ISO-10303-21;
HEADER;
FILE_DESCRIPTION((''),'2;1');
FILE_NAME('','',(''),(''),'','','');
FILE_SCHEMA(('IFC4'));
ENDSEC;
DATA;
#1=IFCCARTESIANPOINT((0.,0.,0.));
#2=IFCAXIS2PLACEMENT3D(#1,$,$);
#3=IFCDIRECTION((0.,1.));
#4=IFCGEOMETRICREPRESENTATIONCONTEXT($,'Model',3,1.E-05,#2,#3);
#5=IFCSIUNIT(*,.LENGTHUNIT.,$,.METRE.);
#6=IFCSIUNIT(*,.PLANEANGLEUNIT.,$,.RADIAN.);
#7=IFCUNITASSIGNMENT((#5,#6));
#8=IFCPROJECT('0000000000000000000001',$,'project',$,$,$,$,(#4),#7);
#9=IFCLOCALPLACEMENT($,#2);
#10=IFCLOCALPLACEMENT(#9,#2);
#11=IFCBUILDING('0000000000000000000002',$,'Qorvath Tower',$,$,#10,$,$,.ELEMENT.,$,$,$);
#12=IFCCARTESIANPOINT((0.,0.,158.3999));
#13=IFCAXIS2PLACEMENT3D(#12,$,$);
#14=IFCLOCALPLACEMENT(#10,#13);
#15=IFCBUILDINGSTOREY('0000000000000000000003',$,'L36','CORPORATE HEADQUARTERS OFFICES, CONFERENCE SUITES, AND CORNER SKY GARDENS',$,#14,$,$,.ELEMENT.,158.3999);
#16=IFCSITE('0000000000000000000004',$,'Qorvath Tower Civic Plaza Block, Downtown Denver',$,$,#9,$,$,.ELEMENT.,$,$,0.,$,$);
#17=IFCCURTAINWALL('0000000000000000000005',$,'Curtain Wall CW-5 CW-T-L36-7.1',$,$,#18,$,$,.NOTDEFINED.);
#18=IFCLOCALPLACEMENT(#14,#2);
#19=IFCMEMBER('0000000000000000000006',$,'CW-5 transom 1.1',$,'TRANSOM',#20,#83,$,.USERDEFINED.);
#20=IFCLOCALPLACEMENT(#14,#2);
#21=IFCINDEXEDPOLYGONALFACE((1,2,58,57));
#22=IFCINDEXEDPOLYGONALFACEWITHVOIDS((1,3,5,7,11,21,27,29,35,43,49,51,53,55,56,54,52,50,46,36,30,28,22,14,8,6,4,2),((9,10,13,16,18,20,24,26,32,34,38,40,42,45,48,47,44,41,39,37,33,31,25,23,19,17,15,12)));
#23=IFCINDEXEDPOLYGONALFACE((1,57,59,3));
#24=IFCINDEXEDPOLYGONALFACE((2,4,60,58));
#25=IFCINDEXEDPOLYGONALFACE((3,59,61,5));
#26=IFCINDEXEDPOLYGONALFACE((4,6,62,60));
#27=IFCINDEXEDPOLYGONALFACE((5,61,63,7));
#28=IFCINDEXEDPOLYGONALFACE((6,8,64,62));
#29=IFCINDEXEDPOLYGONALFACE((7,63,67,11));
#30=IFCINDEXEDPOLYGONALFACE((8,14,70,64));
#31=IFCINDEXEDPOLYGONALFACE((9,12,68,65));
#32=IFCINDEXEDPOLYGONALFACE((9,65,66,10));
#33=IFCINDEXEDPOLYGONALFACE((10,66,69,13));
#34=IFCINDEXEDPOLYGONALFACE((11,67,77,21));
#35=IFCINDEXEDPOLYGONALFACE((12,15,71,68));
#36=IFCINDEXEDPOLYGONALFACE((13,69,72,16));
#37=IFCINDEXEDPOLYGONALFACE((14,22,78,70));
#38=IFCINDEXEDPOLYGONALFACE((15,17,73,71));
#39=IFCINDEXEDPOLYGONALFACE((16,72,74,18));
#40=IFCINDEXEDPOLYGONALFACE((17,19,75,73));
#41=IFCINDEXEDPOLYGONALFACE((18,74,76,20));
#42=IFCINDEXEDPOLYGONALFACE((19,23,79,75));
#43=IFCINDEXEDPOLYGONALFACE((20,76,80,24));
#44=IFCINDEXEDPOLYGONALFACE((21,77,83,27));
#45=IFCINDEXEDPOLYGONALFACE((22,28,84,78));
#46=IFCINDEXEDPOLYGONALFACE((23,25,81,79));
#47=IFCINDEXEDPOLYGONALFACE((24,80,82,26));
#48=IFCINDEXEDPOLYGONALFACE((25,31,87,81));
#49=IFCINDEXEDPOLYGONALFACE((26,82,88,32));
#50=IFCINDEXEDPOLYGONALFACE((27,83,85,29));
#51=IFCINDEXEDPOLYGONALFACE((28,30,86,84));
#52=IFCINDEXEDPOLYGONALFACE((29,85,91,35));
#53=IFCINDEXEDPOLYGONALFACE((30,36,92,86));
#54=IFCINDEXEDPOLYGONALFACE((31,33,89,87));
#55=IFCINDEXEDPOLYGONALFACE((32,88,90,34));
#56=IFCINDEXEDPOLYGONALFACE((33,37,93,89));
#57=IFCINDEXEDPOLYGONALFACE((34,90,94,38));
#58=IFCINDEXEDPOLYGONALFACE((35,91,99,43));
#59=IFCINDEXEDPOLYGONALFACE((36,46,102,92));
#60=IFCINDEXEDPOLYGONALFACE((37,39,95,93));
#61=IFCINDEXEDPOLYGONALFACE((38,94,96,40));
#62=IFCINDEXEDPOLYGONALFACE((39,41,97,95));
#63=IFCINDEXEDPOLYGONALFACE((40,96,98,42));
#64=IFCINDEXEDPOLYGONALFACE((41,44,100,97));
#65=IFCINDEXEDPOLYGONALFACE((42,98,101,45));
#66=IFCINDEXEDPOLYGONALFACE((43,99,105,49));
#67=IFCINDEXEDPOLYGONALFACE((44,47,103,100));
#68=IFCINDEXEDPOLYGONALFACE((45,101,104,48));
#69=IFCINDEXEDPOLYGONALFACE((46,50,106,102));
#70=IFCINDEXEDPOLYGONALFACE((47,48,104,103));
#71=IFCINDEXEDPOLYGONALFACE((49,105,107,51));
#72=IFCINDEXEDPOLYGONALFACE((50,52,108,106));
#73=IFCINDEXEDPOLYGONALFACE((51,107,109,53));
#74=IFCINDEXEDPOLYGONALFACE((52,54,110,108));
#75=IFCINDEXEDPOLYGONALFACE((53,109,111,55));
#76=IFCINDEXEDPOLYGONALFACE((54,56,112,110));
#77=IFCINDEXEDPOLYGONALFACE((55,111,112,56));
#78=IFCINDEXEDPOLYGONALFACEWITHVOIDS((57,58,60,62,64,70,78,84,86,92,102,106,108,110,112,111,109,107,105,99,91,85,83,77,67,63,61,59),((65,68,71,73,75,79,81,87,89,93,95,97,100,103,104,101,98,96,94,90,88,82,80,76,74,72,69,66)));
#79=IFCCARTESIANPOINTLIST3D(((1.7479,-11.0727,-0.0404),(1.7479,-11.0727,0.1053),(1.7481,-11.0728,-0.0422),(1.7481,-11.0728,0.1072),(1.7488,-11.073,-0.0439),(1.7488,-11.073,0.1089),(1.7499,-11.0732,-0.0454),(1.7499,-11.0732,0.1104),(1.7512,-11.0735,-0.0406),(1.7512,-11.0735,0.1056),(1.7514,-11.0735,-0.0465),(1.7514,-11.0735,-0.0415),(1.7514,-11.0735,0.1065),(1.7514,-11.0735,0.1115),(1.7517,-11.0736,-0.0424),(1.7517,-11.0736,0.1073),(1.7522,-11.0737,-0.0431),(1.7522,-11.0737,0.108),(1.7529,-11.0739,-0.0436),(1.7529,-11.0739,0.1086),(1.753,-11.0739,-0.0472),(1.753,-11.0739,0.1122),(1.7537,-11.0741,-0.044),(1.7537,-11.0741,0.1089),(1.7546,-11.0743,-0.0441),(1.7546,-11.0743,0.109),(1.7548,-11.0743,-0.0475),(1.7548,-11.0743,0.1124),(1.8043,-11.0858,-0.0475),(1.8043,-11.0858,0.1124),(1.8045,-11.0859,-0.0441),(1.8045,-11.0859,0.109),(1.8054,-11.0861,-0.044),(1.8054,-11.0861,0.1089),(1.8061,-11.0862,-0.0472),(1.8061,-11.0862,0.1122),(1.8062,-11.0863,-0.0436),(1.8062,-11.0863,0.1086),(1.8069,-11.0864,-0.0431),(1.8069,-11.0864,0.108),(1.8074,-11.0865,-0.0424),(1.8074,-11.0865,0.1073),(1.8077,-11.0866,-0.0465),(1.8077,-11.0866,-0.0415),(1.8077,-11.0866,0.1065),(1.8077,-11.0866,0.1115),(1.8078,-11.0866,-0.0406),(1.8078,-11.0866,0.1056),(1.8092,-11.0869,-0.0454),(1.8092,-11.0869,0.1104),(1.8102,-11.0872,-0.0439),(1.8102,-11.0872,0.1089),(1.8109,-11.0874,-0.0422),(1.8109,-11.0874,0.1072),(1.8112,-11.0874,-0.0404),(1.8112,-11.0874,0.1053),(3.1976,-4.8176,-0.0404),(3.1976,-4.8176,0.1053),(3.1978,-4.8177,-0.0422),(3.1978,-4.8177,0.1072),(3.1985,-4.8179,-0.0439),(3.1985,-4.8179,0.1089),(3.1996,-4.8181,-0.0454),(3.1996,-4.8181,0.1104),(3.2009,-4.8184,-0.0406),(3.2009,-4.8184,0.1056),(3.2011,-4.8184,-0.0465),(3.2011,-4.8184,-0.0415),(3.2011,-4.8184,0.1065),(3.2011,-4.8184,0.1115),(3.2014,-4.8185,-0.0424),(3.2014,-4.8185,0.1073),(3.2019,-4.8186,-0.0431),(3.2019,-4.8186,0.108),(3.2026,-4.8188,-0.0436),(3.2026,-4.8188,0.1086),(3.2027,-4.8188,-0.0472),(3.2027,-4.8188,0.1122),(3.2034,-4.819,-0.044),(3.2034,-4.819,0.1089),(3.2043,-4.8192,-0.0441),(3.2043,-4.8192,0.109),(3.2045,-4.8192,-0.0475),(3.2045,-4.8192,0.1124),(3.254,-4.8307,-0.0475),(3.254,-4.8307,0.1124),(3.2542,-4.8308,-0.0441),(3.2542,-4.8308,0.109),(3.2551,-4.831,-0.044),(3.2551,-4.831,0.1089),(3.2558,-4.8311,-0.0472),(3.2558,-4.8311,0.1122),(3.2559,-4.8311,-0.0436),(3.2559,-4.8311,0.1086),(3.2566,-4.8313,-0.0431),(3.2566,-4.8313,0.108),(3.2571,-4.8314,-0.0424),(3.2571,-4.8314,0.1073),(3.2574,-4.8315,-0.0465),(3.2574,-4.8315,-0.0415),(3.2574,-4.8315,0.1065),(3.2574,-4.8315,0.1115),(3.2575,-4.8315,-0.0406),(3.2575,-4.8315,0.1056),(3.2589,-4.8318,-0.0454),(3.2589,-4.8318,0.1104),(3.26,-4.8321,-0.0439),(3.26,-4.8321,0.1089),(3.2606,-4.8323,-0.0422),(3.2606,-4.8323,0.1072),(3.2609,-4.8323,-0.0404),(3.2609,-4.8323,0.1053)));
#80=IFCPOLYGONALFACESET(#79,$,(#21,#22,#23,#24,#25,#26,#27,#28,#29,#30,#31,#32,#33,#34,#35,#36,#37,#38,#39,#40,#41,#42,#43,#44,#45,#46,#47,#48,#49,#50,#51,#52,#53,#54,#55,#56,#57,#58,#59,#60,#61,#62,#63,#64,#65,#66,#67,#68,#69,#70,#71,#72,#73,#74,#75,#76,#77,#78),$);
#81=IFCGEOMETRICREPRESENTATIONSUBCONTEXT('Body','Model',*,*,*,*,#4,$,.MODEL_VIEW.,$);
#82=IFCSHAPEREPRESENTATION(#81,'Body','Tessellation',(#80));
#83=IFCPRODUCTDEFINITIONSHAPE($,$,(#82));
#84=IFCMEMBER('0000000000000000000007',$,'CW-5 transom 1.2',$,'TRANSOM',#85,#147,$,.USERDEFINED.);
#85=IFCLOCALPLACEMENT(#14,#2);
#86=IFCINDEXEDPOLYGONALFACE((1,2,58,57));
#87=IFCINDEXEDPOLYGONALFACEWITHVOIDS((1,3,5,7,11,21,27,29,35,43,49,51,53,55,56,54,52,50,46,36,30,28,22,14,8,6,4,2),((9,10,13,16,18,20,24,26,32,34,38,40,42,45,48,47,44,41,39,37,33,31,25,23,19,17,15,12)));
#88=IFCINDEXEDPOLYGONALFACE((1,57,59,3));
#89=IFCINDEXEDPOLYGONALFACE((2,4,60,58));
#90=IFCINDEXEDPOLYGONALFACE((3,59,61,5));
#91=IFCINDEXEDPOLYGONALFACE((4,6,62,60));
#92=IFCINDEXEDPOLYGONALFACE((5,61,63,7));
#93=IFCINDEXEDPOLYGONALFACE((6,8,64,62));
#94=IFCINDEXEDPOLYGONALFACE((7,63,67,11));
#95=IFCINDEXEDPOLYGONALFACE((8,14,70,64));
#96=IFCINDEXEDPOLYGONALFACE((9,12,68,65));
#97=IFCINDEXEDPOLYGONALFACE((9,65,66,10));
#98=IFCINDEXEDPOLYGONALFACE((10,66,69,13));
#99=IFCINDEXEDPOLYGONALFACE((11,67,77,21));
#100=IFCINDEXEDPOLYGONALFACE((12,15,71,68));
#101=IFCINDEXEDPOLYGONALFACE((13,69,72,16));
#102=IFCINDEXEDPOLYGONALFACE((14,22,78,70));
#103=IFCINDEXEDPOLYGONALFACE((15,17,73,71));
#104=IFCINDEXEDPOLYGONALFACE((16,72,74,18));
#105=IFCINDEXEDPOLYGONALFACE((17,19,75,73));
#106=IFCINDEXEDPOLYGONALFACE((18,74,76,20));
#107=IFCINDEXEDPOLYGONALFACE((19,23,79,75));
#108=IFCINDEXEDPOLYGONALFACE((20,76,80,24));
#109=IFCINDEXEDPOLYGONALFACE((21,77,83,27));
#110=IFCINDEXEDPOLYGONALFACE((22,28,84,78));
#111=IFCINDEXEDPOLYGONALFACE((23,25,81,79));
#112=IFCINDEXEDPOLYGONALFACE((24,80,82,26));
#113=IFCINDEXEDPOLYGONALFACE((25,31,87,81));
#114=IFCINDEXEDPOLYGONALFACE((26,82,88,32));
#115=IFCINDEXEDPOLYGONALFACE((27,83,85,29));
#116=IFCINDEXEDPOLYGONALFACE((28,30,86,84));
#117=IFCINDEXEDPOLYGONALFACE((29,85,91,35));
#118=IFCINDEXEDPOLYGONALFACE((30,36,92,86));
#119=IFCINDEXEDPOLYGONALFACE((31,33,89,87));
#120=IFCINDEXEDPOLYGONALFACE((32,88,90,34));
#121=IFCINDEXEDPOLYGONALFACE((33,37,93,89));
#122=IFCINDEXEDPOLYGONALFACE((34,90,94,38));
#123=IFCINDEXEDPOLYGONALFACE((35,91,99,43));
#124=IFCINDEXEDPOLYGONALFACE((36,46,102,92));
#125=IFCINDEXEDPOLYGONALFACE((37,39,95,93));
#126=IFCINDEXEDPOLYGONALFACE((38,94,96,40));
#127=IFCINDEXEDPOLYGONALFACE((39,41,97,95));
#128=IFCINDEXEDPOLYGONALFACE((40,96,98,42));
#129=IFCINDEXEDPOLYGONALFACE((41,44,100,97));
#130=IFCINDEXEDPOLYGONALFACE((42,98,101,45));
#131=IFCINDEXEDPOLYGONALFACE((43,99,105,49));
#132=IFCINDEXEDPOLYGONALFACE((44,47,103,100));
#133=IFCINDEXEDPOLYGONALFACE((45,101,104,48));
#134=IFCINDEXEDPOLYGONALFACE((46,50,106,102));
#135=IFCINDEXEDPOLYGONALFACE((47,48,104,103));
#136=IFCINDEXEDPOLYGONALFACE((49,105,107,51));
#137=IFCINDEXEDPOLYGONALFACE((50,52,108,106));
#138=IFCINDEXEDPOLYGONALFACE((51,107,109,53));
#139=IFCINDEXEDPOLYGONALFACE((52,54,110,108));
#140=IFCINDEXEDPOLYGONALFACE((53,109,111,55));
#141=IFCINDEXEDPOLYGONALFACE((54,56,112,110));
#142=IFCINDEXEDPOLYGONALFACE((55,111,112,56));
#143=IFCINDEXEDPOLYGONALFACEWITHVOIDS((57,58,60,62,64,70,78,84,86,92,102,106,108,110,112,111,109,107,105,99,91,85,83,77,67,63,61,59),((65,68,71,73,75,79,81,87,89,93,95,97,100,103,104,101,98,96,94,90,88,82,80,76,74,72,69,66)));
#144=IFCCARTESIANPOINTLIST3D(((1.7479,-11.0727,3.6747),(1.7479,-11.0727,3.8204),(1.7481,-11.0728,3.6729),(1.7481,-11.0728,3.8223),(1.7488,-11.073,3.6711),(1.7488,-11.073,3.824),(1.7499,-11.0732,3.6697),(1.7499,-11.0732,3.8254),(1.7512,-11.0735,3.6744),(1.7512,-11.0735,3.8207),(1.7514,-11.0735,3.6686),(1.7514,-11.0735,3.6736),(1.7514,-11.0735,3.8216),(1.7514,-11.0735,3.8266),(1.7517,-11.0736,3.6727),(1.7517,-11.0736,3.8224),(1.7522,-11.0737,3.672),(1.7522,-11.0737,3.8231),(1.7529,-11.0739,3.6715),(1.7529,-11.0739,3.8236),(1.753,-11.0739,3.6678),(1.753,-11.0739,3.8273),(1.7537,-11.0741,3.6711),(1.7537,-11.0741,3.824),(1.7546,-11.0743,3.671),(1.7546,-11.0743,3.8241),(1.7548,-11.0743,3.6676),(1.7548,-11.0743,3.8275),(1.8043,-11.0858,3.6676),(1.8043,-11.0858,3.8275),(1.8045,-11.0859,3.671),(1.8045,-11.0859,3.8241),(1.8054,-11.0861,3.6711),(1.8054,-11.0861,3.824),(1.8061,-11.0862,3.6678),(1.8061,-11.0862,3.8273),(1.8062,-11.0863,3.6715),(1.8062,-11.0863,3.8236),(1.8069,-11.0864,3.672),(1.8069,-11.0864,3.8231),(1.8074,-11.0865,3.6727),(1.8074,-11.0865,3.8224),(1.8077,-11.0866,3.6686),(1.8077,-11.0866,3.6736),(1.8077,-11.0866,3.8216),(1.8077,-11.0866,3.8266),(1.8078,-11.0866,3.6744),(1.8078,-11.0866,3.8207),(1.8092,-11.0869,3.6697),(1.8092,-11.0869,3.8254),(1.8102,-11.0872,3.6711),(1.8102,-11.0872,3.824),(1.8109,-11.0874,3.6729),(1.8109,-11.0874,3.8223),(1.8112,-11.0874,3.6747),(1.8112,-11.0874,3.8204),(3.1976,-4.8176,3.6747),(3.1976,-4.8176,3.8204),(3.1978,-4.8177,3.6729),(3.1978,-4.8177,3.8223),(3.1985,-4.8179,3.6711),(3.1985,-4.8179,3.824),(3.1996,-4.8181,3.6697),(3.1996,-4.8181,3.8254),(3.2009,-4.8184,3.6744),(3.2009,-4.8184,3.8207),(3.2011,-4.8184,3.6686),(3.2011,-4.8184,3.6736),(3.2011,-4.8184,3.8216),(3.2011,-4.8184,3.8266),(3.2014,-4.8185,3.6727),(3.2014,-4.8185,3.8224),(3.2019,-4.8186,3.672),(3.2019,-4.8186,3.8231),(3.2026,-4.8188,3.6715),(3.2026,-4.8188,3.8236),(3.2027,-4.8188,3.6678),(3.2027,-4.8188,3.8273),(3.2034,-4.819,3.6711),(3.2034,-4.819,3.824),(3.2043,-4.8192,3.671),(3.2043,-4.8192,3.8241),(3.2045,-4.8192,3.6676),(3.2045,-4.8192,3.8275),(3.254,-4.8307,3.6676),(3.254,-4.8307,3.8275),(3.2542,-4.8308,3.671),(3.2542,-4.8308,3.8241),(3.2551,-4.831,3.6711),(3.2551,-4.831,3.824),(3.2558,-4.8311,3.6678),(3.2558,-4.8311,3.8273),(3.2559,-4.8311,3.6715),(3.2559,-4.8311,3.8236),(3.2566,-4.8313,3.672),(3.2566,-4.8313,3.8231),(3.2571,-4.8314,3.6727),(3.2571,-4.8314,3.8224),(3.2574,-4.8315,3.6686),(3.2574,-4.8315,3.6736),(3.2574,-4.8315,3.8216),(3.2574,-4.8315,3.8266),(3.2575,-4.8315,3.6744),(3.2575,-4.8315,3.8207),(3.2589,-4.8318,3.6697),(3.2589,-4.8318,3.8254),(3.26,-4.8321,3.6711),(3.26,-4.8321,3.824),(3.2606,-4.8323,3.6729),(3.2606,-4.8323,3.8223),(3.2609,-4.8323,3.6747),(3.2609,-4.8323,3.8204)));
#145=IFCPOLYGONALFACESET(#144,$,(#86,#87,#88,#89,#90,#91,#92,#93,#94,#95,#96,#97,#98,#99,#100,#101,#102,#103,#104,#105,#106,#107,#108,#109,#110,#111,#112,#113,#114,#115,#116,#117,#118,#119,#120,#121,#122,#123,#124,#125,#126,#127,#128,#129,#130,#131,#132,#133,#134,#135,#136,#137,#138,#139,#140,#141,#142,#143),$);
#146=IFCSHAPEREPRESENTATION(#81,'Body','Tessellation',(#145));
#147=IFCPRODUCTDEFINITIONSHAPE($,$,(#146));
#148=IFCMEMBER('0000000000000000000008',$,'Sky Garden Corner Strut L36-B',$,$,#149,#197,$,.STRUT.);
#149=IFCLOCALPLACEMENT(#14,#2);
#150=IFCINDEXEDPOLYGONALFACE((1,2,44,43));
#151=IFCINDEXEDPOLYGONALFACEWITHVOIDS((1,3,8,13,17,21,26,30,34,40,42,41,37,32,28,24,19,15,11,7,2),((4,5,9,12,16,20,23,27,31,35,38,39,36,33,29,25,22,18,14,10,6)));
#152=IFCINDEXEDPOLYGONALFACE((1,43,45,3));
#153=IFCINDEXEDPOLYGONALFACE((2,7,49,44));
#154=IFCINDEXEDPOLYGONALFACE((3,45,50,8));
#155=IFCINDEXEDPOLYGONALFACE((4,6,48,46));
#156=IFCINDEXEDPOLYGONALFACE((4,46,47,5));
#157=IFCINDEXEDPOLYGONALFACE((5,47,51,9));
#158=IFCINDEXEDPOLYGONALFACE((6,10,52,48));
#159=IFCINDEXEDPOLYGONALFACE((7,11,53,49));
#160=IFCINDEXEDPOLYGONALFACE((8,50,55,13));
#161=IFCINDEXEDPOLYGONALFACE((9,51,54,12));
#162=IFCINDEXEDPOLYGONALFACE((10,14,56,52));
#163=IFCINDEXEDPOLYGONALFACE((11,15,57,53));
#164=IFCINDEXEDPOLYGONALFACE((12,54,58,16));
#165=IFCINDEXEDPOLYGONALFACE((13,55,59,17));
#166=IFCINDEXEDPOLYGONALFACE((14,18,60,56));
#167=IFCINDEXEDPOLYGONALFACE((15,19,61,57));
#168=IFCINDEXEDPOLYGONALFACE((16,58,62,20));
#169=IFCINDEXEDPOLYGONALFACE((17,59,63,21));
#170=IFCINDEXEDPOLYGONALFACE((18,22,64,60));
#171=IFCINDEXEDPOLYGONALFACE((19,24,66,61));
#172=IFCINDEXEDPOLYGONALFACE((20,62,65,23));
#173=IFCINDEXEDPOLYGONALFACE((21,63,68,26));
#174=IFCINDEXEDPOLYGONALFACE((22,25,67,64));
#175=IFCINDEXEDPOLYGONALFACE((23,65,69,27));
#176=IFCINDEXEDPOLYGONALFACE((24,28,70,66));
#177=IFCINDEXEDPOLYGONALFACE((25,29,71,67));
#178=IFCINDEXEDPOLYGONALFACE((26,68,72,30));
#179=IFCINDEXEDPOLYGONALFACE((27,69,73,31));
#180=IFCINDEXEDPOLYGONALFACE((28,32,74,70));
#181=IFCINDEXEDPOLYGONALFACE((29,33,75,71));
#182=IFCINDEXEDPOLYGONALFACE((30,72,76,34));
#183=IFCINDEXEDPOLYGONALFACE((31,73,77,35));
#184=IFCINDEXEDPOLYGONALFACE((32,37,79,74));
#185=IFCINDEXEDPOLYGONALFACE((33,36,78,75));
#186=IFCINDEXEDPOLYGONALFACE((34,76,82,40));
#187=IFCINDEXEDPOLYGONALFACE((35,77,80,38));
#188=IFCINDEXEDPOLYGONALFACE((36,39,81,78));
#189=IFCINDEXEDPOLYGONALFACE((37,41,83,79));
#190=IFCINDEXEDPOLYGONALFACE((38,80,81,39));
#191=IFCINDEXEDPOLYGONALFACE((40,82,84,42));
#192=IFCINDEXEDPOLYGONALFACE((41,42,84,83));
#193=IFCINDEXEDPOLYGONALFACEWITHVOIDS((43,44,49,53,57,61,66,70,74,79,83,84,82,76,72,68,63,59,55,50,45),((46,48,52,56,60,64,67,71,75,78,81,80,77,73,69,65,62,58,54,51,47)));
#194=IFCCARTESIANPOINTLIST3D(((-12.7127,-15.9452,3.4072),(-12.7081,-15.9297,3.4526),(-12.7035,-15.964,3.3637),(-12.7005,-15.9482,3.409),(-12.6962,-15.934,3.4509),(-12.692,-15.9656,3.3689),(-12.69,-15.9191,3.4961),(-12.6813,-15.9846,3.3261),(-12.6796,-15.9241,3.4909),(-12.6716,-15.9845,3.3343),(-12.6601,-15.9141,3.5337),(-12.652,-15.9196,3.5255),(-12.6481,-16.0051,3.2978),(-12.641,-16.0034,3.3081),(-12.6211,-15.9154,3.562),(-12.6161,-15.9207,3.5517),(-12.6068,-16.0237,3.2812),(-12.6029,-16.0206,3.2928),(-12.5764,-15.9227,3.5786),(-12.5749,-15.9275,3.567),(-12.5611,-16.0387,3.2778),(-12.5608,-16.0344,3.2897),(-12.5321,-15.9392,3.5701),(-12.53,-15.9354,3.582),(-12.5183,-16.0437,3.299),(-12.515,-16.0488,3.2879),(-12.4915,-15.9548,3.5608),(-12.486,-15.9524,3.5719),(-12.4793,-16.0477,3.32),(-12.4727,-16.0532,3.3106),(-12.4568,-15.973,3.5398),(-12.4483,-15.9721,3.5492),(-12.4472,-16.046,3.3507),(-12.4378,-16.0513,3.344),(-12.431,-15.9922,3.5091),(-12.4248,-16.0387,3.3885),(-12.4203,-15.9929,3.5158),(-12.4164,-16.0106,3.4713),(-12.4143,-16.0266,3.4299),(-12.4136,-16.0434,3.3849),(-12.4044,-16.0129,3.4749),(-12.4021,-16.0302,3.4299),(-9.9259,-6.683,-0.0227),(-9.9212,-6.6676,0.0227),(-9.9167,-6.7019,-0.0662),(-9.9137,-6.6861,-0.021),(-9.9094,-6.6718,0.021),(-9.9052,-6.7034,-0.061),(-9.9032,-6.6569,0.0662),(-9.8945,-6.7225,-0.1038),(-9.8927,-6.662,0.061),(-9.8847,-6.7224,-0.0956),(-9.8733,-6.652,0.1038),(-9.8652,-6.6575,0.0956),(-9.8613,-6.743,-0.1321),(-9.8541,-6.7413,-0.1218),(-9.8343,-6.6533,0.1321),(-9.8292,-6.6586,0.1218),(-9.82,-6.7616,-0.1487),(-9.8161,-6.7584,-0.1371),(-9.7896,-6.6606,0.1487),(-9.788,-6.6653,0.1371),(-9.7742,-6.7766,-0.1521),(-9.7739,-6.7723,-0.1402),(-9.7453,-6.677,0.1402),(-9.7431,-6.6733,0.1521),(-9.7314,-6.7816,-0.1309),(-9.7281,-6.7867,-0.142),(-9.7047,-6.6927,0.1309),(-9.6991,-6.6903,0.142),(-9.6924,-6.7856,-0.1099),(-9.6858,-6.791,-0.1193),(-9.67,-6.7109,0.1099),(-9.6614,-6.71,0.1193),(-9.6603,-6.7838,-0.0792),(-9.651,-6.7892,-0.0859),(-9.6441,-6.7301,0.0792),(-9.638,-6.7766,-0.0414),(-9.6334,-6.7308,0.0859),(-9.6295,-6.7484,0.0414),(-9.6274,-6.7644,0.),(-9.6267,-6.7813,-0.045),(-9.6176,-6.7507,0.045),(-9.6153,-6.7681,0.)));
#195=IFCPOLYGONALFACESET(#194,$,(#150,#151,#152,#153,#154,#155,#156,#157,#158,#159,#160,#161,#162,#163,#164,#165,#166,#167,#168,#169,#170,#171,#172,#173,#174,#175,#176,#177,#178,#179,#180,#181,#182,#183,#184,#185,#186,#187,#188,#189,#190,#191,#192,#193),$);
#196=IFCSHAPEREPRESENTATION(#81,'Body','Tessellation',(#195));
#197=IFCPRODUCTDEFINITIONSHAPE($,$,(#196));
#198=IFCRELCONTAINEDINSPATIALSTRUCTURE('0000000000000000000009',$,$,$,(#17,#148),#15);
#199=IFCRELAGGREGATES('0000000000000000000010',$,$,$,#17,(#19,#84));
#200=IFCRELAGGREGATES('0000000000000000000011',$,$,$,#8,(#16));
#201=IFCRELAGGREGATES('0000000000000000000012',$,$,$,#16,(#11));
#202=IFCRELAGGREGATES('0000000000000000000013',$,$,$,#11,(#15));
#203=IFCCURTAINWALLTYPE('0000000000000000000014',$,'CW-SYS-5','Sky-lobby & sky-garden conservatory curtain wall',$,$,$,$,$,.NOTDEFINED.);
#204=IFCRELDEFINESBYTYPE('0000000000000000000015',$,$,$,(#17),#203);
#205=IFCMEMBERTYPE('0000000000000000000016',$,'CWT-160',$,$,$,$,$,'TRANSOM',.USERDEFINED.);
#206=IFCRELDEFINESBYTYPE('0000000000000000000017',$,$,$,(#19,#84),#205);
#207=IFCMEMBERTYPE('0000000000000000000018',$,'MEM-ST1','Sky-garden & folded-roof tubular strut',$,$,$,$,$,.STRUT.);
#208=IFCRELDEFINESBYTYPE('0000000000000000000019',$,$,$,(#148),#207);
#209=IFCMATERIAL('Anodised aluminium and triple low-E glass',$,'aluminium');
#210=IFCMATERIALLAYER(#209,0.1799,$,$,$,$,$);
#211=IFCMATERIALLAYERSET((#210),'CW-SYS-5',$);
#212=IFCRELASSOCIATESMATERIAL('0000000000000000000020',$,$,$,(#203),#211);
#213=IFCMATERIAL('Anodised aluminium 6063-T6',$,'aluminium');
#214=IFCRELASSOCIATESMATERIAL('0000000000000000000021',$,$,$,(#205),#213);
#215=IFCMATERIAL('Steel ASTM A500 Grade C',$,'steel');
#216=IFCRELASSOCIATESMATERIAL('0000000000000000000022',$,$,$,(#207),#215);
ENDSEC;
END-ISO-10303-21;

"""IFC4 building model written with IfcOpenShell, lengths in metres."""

from ifc_helpers import new_model, si_unit, direction, frame, origin, origin_2d, place, context, subcontext, project, spatial, hollow_rectangle, hollow_circle, extrude, material, layer, layer_set, material_profile, profile_set, type_object, element, aggregate, save


model = new_model("IFC4")

# Units and contexts
model_context = context("Model", 3, precision=1e-05, world=origin(), true_north=direction((0.0, 1.0)))
body_context = subcontext(model_context, "Body", "Model", "MODEL_VIEW")
ifc_project = project(units=[si_unit("LENGTHUNIT", "METRE"), si_unit("PLANEANGLEUNIT", "RADIAN")], contexts=[model_context])

# Site, building, storey
site_placement = place(None, origin())
site = spatial("IfcSite", under=ifc_project, at=site_placement, Name="Qorvath Tower Civic Plaza Block, Downtown Denver", CompositionType="ELEMENT", RefElevation=0.0)
building_placement = place(site_placement, origin())
building = spatial("IfcBuilding", under=site, at=building_placement, Name="Qorvath Tower", CompositionType="ELEMENT")
storey_placement = place(building_placement, frame((0.0, 0.0, 158.3999)))
storey = spatial("IfcBuildingStorey", under=building, at=storey_placement, Name="L36", Description="CORPORATE HEADQUARTERS OFFICES, CONFERENCE SUITES, AND CORNER SKY GARDENS", CompositionType="ELEMENT", Elevation=158.3999)

# Shared definitions
ifc_material_1 = material(Name="Anodised aluminium and triple low-E glass", Category="aluminium")
ifc_layer_1 = layer(ifc_material_1, 0.1799)
ifc_layer_set_1 = layer_set([ifc_layer_1], Name="CW-SYS-5")
curtain_wall_type = type_object("IfcCurtainWallType", Name="CW-SYS-5", Description="Sky-lobby & sky-garden conservatory curtain wall", PredefinedType="NOTDEFINED", material=ifc_layer_set_1)

# Curtain wall
curtain_wall_1_placement = place(storey_placement, origin())
curtain_wall_1 = element("IfcCurtainWall", 1, at=curtain_wall_1_placement, inside=storey, type_object=curtain_wall_type, Name="Curtain Wall CW-5 CW-T-L36-7.1", PredefinedType="NOTDEFINED")

# Members
ifc_material_2 = material(Name="Anodised aluminium 6063-T6", Category="aluminium")
ifc_material_profile_1 = material_profile(ifc_material_2, hollow_rectangle(XDim=0.0649, YDim=0.1599, WallThickness=0.0034, InnerFilletRadius=0.0034, OuterFilletRadius=0.0071, at=origin_2d()), Name="CWT 160x65")
ifc_profile_set_1 = profile_set([ifc_material_profile_1], Name="Anodised aluminium 6063-T6")
member_type_1 = type_object("IfcMemberType", Name="CWT-160", ElementType="TRANSOM", PredefinedType="USERDEFINED", material=ifc_profile_set_1)
member_1_placement = place(storey_placement, frame((1.7795, -11.0801, 0.0325), z_axis=(0.225779, 0.974179, 0.0), x_axis=(-0.974179, 0.225779, 0.0)))
member_1 = element("IfcMember", 2, at=member_1_placement, type_object=member_type_1, Name="CW-5 transom 1.1", ObjectType="TRANSOM", PredefinedType="USERDEFINED", context=body_context, shape_type="SweptSolid", body=[
    extrude(hollow_rectangle(XDim=0.0649, YDim=0.1599, WallThickness=0.0034, InnerFilletRadius=0.0034, OuterFilletRadius=0.0071, at=origin_2d()), origin(), (0.0, 0.0, 1.0), 6.4209),
])
member_2_placement = place(storey_placement, frame((1.7795, -11.0801, 3.7476), z_axis=(0.225779, 0.974179, 0.0), x_axis=(-0.974179, 0.225779, 0.0)))
member_2 = element("IfcMember", 3, at=member_2_placement, type_object=member_type_1, Name="CW-5 transom 1.2", ObjectType="TRANSOM", PredefinedType="USERDEFINED", context=body_context, shape_type="SweptSolid", body=[
    extrude(hollow_rectangle(XDim=0.0649, YDim=0.1599, WallThickness=0.0034, InnerFilletRadius=0.0034, OuterFilletRadius=0.0071, at=origin_2d()), origin(), (0.0, 0.0, 1.0), 6.4209),
])
ifc_material_3 = material(Name="Steel ASTM A500 Grade C", Category="steel")
ifc_material_profile_2 = material_profile(ifc_material_3, hollow_circle(Radius=0.1619, WallThickness=0.0127, at=origin_2d()), Name="CHS 324x12.7")
ifc_profile_set_2 = profile_set([ifc_material_profile_2], Name="Steel ASTM A500 Grade C")
member_type_2 = type_object("IfcMemberType", Name="MEM-ST1", Description="Sky-garden & folded-roof tubular strut", PredefinedType="STRUT", material=ifc_profile_set_2)
member_3_placement = place(storey_placement, frame((-9.7703, -6.7214, 0.0), z_axis=(-0.271557, -0.902527, 0.334219), x_axis=(0.957593, -0.288126, 0.0)))
element("IfcMember", 4, at=member_3_placement, inside=storey, type_object=member_type_2, Name="Sky Garden Corner Strut L36-B", PredefinedType="STRUT", context=body_context, shape_type="SweptSolid", body=[
    extrude(hollow_circle(Radius=0.1619, WallThickness=0.0127, at=origin_2d()), origin(), (0.0, 0.0, 1.0), 10.2625),
])

aggregate(curtain_wall_1, [member_1, member_2])

save(model, "model.ifc")
